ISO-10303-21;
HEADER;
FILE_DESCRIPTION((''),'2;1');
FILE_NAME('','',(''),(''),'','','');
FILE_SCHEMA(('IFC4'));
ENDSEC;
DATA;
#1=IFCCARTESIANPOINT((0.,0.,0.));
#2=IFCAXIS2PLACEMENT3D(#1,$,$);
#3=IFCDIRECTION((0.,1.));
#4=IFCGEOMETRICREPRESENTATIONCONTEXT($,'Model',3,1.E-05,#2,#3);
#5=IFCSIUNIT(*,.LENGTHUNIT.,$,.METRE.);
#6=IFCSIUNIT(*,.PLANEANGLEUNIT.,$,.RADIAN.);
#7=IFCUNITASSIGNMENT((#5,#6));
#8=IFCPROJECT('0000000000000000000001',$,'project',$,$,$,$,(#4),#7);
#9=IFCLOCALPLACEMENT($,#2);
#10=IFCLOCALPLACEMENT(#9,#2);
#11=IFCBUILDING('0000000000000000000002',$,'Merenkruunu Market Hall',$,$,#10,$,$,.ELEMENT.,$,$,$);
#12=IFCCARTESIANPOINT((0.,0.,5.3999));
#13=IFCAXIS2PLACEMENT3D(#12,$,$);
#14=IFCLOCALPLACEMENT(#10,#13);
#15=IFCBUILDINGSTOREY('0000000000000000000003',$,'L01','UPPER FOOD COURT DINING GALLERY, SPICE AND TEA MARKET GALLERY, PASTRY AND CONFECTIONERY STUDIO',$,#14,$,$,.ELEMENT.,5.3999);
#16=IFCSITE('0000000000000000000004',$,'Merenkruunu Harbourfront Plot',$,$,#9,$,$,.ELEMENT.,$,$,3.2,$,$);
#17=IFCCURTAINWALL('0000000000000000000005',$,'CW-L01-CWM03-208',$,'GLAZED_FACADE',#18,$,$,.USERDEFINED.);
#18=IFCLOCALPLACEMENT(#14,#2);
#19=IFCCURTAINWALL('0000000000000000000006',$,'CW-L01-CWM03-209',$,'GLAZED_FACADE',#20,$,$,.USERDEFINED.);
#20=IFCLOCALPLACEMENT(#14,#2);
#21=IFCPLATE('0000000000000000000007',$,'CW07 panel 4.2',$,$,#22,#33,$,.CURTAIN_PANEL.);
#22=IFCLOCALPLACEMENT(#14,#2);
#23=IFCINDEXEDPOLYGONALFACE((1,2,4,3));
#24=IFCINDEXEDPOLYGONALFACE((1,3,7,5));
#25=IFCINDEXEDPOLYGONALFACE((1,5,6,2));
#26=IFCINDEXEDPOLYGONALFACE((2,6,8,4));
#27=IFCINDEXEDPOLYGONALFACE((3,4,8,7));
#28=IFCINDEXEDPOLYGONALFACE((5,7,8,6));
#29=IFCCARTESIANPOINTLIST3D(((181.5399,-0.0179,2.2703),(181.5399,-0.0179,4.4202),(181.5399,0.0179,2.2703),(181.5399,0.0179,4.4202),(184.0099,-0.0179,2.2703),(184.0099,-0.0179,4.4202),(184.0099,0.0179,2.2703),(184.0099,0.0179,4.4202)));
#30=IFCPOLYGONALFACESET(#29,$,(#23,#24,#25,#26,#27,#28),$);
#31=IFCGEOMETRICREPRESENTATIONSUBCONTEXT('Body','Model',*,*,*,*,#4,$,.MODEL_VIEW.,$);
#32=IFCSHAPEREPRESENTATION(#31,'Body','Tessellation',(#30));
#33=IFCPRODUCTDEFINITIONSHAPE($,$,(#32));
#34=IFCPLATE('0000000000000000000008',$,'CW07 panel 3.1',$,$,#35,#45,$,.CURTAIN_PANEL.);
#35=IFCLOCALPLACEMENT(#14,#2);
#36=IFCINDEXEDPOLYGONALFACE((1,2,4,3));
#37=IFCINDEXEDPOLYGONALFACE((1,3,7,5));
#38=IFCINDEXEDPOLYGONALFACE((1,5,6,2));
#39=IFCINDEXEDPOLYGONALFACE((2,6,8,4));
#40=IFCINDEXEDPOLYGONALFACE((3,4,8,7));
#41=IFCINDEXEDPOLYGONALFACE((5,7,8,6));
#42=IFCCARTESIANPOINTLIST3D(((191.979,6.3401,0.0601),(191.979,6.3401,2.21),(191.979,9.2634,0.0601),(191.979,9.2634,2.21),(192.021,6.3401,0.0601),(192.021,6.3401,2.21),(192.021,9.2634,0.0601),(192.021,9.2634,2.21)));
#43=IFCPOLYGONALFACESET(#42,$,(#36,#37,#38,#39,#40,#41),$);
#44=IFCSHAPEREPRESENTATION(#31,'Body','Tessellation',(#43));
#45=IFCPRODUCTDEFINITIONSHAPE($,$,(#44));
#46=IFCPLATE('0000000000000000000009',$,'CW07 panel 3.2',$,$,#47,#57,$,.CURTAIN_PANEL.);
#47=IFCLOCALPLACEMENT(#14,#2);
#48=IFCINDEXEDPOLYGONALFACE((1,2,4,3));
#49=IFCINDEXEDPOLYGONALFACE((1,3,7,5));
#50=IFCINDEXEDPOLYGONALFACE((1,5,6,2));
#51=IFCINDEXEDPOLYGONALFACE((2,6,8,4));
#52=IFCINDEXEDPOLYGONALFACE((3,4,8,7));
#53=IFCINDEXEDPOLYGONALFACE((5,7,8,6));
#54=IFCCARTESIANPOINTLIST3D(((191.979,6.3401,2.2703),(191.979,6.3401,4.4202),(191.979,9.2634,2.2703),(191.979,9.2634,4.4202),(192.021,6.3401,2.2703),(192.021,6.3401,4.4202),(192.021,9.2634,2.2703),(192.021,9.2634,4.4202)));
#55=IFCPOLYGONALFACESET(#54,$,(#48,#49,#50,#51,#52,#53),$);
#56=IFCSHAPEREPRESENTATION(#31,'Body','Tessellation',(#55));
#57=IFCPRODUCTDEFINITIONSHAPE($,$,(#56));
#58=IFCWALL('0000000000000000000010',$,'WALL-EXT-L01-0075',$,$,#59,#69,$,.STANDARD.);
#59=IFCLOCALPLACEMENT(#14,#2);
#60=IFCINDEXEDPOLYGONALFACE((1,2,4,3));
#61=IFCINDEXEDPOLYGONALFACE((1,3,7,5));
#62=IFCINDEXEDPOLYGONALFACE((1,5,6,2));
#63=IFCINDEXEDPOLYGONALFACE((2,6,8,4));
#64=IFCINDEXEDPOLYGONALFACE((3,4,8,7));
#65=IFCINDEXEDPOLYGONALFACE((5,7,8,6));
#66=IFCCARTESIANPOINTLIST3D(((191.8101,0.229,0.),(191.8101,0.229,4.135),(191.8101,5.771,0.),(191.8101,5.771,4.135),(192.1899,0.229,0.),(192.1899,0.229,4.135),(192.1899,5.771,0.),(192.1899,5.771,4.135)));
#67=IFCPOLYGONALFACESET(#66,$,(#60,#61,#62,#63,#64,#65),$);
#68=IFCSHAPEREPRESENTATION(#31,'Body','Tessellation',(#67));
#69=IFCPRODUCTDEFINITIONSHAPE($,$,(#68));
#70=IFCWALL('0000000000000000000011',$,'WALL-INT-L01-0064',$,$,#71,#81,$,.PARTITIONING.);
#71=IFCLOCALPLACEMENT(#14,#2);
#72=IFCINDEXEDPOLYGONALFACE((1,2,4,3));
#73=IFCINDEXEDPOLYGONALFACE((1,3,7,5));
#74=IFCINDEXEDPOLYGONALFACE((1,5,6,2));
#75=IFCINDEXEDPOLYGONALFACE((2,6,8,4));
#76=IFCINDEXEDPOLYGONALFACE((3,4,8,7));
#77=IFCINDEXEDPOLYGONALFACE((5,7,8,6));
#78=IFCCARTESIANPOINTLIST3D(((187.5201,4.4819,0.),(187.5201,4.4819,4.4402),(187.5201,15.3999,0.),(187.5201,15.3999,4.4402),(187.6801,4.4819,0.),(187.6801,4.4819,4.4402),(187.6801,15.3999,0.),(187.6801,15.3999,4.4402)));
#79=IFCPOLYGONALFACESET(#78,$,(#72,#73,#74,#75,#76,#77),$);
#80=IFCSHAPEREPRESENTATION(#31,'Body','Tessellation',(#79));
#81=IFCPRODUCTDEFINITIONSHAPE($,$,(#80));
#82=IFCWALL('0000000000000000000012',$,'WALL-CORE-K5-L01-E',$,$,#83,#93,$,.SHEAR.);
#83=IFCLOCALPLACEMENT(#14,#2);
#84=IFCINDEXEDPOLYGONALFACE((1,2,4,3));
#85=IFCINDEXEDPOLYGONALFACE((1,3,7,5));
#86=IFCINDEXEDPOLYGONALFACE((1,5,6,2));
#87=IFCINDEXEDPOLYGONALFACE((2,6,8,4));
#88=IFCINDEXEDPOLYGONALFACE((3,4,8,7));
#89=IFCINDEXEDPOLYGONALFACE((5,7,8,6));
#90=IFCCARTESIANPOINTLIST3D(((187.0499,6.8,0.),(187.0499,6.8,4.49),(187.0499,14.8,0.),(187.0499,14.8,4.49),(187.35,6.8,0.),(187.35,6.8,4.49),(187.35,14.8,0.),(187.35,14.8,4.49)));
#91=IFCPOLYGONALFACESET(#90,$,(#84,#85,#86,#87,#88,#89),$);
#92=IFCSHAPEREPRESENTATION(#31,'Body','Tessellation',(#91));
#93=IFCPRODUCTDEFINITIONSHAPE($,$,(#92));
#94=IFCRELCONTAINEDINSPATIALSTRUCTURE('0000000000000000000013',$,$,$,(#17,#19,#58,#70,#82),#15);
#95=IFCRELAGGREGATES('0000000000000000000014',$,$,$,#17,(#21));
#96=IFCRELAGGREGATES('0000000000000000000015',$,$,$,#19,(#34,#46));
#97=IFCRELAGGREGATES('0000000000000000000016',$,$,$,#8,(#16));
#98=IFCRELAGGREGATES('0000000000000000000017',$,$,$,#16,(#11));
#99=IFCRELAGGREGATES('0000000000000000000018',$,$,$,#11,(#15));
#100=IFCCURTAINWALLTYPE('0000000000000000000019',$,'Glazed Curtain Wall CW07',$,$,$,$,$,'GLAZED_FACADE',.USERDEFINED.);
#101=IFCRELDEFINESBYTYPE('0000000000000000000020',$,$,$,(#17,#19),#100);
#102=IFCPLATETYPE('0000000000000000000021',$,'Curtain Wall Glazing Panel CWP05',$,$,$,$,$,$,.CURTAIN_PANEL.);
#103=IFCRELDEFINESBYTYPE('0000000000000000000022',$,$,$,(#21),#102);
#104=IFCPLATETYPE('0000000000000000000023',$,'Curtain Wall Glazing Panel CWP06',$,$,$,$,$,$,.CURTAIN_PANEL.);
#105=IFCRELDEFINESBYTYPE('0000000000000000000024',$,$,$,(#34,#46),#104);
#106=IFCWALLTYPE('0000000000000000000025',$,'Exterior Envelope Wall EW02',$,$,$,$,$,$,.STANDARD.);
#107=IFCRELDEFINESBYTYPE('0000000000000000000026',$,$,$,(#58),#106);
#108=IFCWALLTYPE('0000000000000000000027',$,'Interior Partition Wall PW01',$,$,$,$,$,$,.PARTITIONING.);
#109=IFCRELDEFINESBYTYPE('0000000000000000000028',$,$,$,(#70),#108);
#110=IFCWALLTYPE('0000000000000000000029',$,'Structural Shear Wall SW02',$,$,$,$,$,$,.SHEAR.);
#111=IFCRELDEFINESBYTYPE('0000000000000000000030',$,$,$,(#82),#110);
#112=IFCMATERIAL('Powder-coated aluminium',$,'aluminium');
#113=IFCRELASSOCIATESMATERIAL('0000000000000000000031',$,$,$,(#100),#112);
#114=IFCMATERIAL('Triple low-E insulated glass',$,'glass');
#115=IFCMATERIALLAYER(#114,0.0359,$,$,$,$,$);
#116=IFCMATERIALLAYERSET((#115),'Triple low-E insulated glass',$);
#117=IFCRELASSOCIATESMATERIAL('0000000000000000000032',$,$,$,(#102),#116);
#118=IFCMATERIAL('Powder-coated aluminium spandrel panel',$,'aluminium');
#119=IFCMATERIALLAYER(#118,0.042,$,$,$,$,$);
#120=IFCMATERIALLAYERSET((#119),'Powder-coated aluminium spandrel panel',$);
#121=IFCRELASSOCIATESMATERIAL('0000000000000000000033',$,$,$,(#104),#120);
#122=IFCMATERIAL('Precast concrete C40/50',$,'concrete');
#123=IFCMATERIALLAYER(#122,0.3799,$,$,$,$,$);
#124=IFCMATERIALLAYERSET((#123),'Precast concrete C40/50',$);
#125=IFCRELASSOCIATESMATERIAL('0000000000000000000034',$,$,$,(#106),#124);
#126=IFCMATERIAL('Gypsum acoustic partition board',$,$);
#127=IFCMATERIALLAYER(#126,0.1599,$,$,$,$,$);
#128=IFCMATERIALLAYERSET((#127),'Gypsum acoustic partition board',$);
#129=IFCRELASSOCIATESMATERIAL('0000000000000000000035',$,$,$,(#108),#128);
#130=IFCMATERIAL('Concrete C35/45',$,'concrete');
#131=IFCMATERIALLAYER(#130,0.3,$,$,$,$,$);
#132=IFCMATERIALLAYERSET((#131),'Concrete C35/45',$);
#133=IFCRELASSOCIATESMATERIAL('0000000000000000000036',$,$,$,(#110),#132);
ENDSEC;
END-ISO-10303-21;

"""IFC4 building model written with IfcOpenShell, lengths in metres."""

from ifc_helpers import new_model, si_unit, direction, frame, frame_2d, origin, origin_2d, place, context, subcontext, project, spatial, rectangle, extrude, material, layer, layer_set, type_object, element, aggregate, save


model = new_model("IFC4")

# Units and contexts
model_context = context("Model", 3, precision=1e-05, world=origin(), true_north=direction((0.0, 1.0)))
body_context = subcontext(model_context, "Body", "Model", "MODEL_VIEW")
ifc_project = project(units=[si_unit("LENGTHUNIT", "METRE"), si_unit("PLANEANGLEUNIT", "RADIAN")], contexts=[model_context])

# Site, building, storey
site_placement = place(None, origin())
site = spatial("IfcSite", under=ifc_project, at=site_placement, Name="Merenkruunu Harbourfront Plot", CompositionType="ELEMENT", RefElevation=3.2)
building_placement = place(site_placement, origin())
building = spatial("IfcBuilding", under=site, at=building_placement, Name="Merenkruunu Market Hall", CompositionType="ELEMENT")
storey_placement = place(building_placement, frame((0.0, 0.0, 5.3999)))
storey = spatial("IfcBuildingStorey", under=building, at=storey_placement, Name="L01", Description="UPPER FOOD COURT DINING GALLERY, SPICE AND TEA MARKET GALLERY, PASTRY AND CONFECTIONERY STUDIO", CompositionType="ELEMENT", Elevation=5.3999)

# Curtain wall
ifc_material_1 = material(Name="Powder-coated aluminium", Category="aluminium")
curtain_wall_type = type_object("IfcCurtainWallType", Name="Glazed Curtain Wall CW07", ElementType="GLAZED_FACADE", PredefinedType="USERDEFINED", material=ifc_material_1)
curtain_wall_1_placement = place(storey_placement, origin())
curtain_wall_1 = element("IfcCurtainWall", 1, at=curtain_wall_1_placement, inside=storey, type_object=curtain_wall_type, Name="CW-L01-CWM03-208", ObjectType="GLAZED_FACADE", PredefinedType="USERDEFINED")

# Curtain wall
curtain_wall_2_placement = place(storey_placement, origin())
curtain_wall_2 = element("IfcCurtainWall", 2, at=curtain_wall_2_placement, inside=storey, type_object=curtain_wall_type, Name="CW-L01-CWM03-209", ObjectType="GLAZED_FACADE", PredefinedType="USERDEFINED")

# Plates
ifc_material_2 = material(Name="Triple low-E insulated glass", Category="glass")
ifc_layer_1 = layer(ifc_material_2, 0.0359)
ifc_layer_set_1 = layer_set([ifc_layer_1], Name="Triple low-E insulated glass")
plate_type_1 = type_object("IfcPlateType", Name="Curtain Wall Glazing Panel CWP05", PredefinedType="CURTAIN_PANEL", material=ifc_layer_set_1)
plate_1_placement = place(storey_placement, frame((182.7749, 0.0, 2.2703), z_axis=(0.0, 0.0, 1.0), x_axis=(-1.0, 0.0, 0.0)))
plate_1 = element("IfcPlate", 3, at=plate_1_placement, type_object=plate_type_1, Name="CW07 panel 4.2", PredefinedType="CURTAIN_PANEL", context=body_context, shape_type="SweptSolid", body=[
    extrude(rectangle(XDim=2.47, YDim=0.0359, at=origin_2d()), origin(), (0.0, 0.0, 1.0), 2.1499),
])
aggregate(curtain_wall_1, [plate_1])
ifc_material_3 = material(Name="Powder-coated aluminium spandrel panel", Category="aluminium")
ifc_layer_2 = layer(ifc_material_3, 0.042)
ifc_layer_set_2 = layer_set([ifc_layer_2], Name="Powder-coated aluminium spandrel panel")
plate_type_2 = type_object("IfcPlateType", Name="Curtain Wall Glazing Panel CWP06", PredefinedType="CURTAIN_PANEL", material=ifc_layer_set_2)
plate_2_placement = place(storey_placement, frame((192.0, 7.8018, 0.0601), z_axis=(0.0, 0.0, 1.0), x_axis=(0.0, -1.0, 0.0)))
plate_2 = element("IfcPlate", 4, at=plate_2_placement, type_object=plate_type_2, Name="CW07 panel 3.1", PredefinedType="CURTAIN_PANEL", context=body_context, shape_type="SweptSolid", body=[
    extrude(rectangle(XDim=2.9233, YDim=0.042, at=origin_2d()), origin(), (0.0, 0.0, 1.0), 2.1499),
])
plate_3_placement = place(storey_placement, frame((192.0, 7.8018, 2.2703), z_axis=(0.0, 0.0, 1.0), x_axis=(0.0, -1.0, 0.0)))
plate_3 = element("IfcPlate", 5, at=plate_3_placement, type_object=plate_type_2, Name="CW07 panel 3.2", PredefinedType="CURTAIN_PANEL", context=body_context, shape_type="SweptSolid", body=[
    extrude(rectangle(XDim=2.9233, YDim=0.042, at=origin_2d()), origin(), (0.0, 0.0, 1.0), 2.1499),
])
aggregate(curtain_wall_2, [plate_2, plate_3])

# Walls
ifc_material_4 = material(Name="Precast concrete C40/50", Category="concrete")
ifc_layer_3 = layer(ifc_material_4, 0.3799)
ifc_layer_set_3 = layer_set([ifc_layer_3], Name="Precast concrete C40/50")
wall_type_1 = type_object("IfcWallType", Name="Exterior Envelope Wall EW02", PredefinedType="STANDARD", material=ifc_layer_set_3)
wall_1_placement = place(storey_placement, frame((192.0, 5.771, 0.0), z_axis=(0.0, 0.0, 1.0), x_axis=(0.0, -1.0, 0.0)))
element("IfcWall", 6, at=wall_1_placement, inside=storey, type_object=wall_type_1, Name="WALL-EXT-L01-0075", PredefinedType="STANDARD", context=body_context, shape_type="SweptSolid", body=[
    extrude(rectangle(XDim=5.542, YDim=0.3799, at=frame_2d((2.771, 0.0))), origin(), (0.0, 0.0, 1.0), 4.135),
])
ifc_material_5 = material(Name="Gypsum acoustic partition board")
ifc_layer_4 = layer(ifc_material_5, 0.1599)
ifc_layer_set_4 = layer_set([ifc_layer_4], Name="Gypsum acoustic partition board")
wall_type_2 = type_object("IfcWallType", Name="Interior Partition Wall PW01", PredefinedType="PARTITIONING", material=ifc_layer_set_4)
wall_2_placement = place(storey_placement, frame((187.6001, 4.4819, 0.0), z_axis=(0.0, 0.0, 1.0), x_axis=(0.0, 1.0, 0.0)))
element("IfcWall", 7, at=wall_2_placement, inside=storey, type_object=wall_type_2, Name="WALL-INT-L01-0064", PredefinedType="PARTITIONING", context=body_context, shape_type="SweptSolid", body=[
    extrude(rectangle(XDim=10.918, YDim=0.1599, at=frame_2d((5.459, 0.0))), origin(), (0.0, 0.0, 1.0), 4.4402),
])

# Shared definitions
ifc_material_6 = material(Name="Concrete C35/45", Category="concrete")
ifc_layer_5 = layer(ifc_material_6, 0.3)
ifc_layer_set_5 = layer_set([ifc_layer_5], Name="Concrete C35/45")
wall_type_3 = type_object("IfcWallType", Name="Structural Shear Wall SW02", PredefinedType="SHEAR", material=ifc_layer_set_5)

# Wall
wall_3_placement = place(storey_placement, frame((187.2, 6.8, 0.0), z_axis=(0.0, 0.0, 1.0), x_axis=(0.0, 1.0, 0.0)))
element("IfcWall", 8, at=wall_3_placement, inside=storey, type_object=wall_type_3, Name="WALL-CORE-K5-L01-E", PredefinedType="SHEAR", context=body_context, shape_type="SweptSolid", body=[
    extrude(rectangle(XDim=8.0, YDim=0.3, at=frame_2d((4.0, 0.0))), origin(), (0.0, 0.0, 1.0), 4.49),
])

save(model, "model.ifc")
